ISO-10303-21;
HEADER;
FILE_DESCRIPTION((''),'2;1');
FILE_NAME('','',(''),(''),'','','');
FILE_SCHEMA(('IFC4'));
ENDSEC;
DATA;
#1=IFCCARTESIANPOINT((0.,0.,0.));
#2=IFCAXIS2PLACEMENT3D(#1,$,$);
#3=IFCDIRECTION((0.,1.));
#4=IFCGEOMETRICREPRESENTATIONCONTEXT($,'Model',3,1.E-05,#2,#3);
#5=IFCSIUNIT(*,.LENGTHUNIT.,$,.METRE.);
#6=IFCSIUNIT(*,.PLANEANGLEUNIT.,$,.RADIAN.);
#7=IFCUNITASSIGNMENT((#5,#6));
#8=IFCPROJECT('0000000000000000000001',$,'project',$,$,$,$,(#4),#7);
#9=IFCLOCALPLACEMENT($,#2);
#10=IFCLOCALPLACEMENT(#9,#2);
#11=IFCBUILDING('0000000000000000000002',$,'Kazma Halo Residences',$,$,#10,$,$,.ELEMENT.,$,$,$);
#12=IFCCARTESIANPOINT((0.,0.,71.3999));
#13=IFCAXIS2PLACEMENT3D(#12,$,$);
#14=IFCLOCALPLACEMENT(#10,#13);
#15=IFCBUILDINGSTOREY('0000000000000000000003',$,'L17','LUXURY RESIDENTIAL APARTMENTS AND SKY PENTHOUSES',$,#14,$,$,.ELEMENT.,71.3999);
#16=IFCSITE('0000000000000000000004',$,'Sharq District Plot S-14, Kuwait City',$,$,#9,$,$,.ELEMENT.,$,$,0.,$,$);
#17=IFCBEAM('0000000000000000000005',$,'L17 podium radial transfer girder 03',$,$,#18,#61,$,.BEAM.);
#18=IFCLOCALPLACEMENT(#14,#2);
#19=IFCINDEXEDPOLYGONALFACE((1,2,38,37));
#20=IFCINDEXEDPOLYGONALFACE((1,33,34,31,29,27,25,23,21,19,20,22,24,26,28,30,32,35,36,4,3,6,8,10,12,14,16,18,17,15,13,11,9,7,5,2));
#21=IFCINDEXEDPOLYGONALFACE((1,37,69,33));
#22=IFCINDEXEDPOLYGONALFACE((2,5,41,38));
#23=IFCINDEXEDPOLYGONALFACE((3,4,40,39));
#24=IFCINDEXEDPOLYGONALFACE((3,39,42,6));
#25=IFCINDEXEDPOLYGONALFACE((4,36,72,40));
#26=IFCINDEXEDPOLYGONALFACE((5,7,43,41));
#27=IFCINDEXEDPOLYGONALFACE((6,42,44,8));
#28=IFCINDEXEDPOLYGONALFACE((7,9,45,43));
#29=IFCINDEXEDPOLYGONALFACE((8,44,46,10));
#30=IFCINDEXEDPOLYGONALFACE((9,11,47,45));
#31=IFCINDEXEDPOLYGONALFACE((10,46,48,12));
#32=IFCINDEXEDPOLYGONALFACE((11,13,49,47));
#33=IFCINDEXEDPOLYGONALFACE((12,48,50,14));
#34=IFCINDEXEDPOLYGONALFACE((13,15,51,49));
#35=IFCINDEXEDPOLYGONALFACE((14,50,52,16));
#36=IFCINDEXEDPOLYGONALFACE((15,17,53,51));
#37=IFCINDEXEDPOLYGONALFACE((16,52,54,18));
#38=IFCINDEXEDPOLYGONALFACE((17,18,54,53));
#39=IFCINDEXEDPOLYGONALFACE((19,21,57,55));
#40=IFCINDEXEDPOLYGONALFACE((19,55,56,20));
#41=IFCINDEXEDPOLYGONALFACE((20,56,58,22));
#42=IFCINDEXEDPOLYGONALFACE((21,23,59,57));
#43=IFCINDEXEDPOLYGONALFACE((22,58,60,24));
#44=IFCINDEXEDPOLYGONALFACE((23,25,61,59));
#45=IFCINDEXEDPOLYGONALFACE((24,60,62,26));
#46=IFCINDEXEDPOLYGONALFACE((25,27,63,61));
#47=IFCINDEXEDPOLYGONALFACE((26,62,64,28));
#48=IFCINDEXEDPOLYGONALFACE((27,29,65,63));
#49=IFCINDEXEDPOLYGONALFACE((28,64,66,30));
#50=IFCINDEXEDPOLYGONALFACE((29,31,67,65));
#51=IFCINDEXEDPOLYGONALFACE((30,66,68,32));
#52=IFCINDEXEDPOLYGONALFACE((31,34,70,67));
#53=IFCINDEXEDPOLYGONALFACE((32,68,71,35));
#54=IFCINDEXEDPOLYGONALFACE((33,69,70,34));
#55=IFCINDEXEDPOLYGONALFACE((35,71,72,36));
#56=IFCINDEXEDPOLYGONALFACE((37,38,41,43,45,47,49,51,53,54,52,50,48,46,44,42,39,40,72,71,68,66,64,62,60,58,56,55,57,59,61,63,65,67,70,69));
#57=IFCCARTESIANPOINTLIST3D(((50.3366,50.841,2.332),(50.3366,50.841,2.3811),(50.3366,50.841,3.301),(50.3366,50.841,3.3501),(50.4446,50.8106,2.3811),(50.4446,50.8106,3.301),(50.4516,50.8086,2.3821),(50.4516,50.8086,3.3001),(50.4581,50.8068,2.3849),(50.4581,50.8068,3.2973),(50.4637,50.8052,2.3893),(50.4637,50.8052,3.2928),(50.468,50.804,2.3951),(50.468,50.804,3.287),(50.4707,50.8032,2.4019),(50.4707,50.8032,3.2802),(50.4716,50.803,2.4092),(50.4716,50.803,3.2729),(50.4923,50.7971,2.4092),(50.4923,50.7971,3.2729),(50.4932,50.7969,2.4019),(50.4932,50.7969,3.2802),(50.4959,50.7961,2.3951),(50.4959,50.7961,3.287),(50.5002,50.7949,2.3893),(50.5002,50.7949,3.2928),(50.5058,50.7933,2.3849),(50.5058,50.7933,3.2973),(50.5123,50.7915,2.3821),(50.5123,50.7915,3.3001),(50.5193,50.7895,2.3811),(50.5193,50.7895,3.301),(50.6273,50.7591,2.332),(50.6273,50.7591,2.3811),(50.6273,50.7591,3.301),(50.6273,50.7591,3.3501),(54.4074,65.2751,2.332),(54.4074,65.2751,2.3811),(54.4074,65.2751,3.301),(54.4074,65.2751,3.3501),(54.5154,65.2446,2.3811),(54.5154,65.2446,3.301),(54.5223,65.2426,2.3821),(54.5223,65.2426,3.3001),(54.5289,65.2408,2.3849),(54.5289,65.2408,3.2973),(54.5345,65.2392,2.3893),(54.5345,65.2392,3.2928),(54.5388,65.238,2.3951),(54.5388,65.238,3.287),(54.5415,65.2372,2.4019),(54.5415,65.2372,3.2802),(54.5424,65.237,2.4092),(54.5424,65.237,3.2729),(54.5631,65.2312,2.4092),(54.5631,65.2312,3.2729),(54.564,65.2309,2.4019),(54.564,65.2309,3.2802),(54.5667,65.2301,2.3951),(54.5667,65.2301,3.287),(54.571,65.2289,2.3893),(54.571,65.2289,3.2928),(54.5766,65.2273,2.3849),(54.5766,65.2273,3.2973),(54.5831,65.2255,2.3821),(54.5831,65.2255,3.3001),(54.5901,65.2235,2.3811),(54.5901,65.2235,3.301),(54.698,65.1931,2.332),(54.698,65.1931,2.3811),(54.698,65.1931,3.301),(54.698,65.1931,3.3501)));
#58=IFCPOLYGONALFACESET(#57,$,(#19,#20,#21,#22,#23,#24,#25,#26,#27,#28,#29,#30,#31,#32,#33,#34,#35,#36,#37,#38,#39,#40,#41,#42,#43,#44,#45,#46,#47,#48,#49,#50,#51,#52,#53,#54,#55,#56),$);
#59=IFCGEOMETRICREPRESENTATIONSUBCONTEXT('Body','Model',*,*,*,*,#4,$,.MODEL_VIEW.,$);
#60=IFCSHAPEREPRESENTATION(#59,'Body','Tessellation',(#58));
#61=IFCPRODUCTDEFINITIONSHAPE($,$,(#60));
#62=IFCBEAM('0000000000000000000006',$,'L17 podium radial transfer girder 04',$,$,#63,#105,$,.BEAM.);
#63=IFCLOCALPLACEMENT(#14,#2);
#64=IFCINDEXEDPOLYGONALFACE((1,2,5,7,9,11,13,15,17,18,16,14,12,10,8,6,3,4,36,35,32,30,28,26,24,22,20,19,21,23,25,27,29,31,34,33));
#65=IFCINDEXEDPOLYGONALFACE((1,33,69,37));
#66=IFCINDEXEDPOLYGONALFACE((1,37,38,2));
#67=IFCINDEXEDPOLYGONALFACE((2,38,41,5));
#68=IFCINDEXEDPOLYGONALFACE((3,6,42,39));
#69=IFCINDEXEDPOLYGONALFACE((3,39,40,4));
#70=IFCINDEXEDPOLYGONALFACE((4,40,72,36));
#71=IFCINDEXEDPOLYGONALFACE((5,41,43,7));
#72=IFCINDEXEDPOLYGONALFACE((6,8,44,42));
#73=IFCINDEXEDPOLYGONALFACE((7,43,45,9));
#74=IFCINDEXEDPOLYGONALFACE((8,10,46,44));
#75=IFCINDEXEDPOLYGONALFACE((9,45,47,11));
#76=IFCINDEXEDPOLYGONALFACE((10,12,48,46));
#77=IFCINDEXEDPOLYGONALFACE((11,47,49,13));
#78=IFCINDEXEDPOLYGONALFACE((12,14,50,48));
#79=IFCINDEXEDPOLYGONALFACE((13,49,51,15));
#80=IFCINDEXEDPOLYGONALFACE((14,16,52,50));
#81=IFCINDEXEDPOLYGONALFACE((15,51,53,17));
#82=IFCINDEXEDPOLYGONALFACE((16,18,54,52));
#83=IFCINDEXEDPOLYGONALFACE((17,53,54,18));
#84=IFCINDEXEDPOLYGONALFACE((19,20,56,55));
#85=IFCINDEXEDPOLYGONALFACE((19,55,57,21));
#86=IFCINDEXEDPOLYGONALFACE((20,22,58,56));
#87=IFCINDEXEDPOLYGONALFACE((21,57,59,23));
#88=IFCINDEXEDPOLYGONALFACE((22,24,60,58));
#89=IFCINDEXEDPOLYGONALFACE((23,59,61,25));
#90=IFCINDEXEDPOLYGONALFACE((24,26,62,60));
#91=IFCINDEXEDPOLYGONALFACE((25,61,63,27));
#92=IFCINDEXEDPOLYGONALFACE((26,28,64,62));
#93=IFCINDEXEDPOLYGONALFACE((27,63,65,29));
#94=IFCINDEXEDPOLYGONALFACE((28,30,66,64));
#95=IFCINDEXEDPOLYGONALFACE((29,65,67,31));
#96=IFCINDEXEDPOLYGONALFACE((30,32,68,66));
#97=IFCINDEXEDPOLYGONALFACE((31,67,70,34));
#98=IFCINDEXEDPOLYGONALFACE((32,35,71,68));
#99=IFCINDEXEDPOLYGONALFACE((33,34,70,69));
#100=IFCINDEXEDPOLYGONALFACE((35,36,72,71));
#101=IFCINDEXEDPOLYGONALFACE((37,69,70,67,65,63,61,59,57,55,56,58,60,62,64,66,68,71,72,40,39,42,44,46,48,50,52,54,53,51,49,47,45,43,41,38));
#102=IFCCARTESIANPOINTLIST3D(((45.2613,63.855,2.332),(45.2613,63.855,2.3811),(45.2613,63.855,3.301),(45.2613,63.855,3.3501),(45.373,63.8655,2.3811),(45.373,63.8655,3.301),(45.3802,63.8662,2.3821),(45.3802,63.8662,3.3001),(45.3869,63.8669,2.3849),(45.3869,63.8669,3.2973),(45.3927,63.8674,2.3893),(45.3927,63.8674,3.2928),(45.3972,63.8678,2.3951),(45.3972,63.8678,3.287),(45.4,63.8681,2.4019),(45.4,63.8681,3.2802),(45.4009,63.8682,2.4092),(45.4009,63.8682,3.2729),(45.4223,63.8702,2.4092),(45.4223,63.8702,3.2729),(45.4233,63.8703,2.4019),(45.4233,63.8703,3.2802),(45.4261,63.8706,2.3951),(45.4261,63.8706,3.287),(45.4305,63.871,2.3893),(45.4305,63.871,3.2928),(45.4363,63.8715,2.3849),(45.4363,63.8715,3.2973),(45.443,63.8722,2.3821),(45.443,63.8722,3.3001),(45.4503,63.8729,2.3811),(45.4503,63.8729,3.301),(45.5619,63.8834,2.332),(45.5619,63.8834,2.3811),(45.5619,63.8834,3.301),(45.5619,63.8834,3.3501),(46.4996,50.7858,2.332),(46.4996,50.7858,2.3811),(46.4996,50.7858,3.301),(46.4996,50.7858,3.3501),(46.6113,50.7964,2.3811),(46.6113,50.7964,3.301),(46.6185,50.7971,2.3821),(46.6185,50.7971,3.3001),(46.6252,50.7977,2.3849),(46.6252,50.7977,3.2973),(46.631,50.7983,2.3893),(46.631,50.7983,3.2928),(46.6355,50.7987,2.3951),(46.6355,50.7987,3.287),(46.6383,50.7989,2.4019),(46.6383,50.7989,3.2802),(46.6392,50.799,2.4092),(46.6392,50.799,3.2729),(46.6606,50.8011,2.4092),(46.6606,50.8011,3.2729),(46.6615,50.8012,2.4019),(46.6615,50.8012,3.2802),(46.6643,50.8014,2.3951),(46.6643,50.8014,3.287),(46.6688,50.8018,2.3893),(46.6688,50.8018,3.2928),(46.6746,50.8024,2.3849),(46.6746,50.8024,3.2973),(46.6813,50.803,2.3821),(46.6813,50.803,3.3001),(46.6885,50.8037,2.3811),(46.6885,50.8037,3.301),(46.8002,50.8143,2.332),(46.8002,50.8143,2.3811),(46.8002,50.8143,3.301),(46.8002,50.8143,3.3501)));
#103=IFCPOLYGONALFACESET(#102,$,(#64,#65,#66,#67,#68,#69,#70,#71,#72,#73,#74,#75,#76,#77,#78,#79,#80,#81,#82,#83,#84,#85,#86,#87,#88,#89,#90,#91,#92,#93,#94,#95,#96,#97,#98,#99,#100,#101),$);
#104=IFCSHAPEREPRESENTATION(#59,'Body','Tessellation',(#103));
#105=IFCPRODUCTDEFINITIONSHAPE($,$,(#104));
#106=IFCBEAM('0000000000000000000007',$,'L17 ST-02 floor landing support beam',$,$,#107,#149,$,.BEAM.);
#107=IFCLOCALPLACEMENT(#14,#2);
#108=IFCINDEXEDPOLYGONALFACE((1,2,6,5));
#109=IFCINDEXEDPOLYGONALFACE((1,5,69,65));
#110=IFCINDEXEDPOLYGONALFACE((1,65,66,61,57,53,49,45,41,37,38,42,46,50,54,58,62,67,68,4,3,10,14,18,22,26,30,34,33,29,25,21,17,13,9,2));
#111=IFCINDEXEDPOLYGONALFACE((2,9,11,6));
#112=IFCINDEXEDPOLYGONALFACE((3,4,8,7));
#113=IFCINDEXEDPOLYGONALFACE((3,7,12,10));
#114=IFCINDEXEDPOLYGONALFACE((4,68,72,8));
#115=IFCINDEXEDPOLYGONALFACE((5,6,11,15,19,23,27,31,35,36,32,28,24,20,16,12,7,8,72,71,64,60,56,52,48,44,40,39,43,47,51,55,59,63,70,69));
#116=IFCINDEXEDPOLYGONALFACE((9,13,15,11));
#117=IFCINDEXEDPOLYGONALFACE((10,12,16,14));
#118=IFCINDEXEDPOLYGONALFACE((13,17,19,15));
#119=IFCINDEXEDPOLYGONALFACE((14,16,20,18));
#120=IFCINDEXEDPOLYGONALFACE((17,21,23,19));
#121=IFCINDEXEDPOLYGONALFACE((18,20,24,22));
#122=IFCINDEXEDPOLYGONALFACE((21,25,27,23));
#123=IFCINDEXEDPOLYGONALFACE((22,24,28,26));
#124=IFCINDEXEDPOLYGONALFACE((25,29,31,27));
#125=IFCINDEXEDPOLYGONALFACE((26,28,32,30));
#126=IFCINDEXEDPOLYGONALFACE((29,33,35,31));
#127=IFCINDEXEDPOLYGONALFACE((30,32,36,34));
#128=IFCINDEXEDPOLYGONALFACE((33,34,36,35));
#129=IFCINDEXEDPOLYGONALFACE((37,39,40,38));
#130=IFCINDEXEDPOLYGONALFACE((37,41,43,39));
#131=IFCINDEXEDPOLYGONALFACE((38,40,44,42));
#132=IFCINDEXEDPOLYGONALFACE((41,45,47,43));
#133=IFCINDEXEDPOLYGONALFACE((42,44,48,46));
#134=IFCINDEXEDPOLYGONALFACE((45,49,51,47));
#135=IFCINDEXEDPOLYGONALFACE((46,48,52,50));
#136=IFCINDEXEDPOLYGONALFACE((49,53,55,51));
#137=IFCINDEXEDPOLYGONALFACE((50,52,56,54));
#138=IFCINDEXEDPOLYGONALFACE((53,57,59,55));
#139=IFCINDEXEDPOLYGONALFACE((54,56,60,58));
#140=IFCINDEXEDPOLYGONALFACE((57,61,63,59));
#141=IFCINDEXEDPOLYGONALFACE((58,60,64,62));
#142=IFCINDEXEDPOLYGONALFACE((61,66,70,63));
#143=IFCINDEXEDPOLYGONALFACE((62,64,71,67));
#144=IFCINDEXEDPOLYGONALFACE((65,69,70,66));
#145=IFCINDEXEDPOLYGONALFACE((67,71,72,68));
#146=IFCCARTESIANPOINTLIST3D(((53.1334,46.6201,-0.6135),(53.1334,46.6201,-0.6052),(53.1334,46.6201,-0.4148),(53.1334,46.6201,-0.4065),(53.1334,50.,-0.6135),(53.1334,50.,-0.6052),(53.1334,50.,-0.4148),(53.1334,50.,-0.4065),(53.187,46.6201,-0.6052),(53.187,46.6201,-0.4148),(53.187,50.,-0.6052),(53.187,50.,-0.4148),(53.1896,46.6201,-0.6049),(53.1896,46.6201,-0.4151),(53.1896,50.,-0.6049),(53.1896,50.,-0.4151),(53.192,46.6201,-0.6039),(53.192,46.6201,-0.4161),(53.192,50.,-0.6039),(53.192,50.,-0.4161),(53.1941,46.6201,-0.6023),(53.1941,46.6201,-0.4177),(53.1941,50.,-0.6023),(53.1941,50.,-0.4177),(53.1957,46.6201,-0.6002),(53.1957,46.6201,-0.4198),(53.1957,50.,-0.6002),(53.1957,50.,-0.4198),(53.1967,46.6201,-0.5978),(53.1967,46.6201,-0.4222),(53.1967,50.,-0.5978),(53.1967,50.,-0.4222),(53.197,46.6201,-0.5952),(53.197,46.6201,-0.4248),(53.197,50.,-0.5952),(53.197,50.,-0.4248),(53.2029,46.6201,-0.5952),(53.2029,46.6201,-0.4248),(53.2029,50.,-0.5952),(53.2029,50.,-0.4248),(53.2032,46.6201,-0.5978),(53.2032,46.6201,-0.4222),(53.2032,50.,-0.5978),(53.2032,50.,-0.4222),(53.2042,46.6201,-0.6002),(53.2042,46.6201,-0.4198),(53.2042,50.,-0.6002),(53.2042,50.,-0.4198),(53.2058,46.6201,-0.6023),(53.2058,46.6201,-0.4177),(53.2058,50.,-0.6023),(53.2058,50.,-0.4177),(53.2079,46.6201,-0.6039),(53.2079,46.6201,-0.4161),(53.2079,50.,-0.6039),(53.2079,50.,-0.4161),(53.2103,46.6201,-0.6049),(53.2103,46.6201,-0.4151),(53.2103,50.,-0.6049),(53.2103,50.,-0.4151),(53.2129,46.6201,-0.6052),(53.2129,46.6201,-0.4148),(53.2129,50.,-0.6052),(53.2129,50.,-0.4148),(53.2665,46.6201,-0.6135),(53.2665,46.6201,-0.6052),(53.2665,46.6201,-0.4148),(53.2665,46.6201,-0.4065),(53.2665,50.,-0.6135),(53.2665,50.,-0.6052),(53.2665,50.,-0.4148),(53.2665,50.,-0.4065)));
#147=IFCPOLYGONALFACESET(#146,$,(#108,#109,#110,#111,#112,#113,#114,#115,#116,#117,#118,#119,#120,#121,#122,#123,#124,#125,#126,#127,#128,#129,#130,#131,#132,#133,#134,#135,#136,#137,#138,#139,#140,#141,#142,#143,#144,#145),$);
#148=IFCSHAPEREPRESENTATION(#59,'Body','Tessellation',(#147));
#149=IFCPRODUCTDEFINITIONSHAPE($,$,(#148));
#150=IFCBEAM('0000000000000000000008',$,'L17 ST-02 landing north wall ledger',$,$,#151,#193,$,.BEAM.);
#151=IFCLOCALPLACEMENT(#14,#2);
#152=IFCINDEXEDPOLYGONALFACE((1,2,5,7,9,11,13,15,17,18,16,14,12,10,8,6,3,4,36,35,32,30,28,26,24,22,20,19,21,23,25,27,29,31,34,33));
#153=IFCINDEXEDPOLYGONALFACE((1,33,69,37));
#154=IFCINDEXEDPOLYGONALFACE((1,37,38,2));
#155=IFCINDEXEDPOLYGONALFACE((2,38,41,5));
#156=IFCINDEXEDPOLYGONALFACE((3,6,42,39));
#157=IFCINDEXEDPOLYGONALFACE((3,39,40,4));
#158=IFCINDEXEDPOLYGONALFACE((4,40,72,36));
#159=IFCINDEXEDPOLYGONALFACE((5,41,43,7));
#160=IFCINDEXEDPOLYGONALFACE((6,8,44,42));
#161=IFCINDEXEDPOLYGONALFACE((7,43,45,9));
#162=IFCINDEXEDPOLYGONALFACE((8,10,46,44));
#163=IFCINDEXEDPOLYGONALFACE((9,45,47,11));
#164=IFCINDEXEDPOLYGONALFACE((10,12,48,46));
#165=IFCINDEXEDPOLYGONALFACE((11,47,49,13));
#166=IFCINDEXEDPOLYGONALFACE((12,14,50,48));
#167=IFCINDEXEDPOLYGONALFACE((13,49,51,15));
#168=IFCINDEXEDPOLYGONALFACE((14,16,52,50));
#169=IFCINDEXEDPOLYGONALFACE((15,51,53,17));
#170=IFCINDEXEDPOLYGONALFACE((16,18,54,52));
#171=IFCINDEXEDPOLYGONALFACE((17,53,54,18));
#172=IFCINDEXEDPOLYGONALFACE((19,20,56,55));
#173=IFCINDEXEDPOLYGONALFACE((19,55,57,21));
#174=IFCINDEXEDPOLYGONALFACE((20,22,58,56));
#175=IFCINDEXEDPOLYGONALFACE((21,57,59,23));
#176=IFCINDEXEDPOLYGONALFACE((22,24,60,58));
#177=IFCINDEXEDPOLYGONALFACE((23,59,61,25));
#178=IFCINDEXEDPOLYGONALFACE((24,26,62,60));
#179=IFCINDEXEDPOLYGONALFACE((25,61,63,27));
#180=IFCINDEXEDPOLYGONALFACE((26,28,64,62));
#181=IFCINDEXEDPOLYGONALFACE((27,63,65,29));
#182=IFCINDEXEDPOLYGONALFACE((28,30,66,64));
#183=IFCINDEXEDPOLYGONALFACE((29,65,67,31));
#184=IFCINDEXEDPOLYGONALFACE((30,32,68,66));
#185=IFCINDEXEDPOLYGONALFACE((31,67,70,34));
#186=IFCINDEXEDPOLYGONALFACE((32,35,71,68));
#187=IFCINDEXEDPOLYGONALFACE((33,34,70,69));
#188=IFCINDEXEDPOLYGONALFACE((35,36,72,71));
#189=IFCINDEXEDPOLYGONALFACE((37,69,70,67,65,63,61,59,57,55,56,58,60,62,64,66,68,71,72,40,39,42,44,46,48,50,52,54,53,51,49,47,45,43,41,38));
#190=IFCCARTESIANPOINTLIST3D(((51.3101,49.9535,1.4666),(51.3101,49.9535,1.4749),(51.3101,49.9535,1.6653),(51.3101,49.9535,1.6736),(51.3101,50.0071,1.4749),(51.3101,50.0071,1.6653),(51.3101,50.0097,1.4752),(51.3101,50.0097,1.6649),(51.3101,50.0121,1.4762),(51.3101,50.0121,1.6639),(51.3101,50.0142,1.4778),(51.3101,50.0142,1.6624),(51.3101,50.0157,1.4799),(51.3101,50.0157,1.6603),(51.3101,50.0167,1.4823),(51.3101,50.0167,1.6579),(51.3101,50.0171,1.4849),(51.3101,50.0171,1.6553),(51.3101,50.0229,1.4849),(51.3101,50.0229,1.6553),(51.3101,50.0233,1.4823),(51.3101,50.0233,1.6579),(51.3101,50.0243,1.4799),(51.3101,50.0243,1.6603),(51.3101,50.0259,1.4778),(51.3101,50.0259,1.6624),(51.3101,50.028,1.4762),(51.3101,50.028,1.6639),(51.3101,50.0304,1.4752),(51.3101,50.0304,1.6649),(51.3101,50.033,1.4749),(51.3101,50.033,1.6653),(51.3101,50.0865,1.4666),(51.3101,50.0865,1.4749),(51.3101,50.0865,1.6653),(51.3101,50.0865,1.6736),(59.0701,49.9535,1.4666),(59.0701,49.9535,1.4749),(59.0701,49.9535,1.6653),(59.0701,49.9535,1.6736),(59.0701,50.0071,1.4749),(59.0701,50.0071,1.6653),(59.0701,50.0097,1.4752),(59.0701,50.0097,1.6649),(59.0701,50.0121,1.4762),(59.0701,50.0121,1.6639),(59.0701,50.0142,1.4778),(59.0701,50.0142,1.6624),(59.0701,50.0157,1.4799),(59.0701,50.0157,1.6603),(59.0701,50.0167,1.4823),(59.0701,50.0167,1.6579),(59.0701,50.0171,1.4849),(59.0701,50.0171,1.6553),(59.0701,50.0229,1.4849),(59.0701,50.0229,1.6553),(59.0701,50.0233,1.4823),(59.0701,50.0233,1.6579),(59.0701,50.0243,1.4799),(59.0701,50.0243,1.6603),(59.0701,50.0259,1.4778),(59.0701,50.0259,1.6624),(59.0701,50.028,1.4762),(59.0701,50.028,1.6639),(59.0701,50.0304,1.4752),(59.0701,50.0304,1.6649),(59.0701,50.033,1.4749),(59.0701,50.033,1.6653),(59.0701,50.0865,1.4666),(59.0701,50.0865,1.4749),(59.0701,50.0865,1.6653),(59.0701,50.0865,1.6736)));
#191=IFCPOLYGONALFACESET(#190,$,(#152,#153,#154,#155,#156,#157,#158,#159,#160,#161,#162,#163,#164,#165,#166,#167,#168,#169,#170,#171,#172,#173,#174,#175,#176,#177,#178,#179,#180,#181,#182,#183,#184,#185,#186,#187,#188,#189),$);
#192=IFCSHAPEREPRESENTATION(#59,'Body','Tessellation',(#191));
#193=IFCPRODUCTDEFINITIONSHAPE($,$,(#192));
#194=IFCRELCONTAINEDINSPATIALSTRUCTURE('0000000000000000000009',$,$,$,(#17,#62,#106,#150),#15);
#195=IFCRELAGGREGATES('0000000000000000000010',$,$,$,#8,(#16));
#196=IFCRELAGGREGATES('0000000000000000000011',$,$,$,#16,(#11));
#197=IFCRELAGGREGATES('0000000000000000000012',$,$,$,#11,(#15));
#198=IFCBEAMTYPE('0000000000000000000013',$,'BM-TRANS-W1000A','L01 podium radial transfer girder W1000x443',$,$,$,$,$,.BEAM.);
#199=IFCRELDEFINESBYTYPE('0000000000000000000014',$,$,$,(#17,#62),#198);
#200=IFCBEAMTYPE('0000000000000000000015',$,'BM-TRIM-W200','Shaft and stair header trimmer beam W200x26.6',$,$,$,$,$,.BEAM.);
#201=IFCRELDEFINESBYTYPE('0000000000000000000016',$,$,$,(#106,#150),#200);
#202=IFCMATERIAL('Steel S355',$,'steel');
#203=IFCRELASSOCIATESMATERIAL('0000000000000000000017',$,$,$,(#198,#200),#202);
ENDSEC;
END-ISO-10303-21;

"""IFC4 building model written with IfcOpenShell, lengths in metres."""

from ifc_helpers import new_model, si_unit, direction, frame, origin, origin_2d, place, context, subcontext, project, spatial, i_section, extrude, material, material_profile, profile_set, type_object, element, save


model = new_model("IFC4")

# Units and contexts
model_context = context("Model", 3, precision=1e-05, world=origin(), true_north=direction((0.0, 1.0)))
body_context = subcontext(model_context, "Body", "Model", "MODEL_VIEW")
ifc_project = project(units=[si_unit("LENGTHUNIT", "METRE"), si_unit("PLANEANGLEUNIT", "RADIAN")], contexts=[model_context])

# Site, building, storey
site_placement = place(None, origin())
site = spatial("IfcSite", under=ifc_project, at=site_placement, Name="Sharq District Plot S-14, Kuwait City", CompositionType="ELEMENT", RefElevation=0.0)
building_placement = place(site_placement, origin())
building = spatial("IfcBuilding", under=site, at=building_placement, Name="Kazma Halo Residences", CompositionType="ELEMENT")
storey_placement = place(building_placement, frame((0.0, 0.0, 71.3999)))
storey = spatial("IfcBuildingStorey", under=building, at=storey_placement, Name="L17", Description="LUXURY RESIDENTIAL APARTMENTS AND SKY PENTHOUSES", CompositionType="ELEMENT", Elevation=71.3999)

# Shared definitions
ifc_material_1 = material(Name="Steel S355", Category="steel")

# Beams
ifc_material_profile_1 = material_profile(ifc_material_1, i_section(OverallWidth=0.302, OverallDepth=1.0181, WebThickness=0.0215, FlangeThickness=0.0491, FilletRadius=0.0281, at=origin_2d()), Name="W1000x443")
ifc_profile_set_1 = profile_set([ifc_material_profile_1], Name="Steel S355")
beam_type_1 = type_object("IfcBeamType", Name="BM-TRANS-W1000A", Description="L01 podium radial transfer girder W1000x443", PredefinedType="BEAM", material=ifc_profile_set_1)
beam_1_placement = place(storey_placement, frame((50.4819, 50.8, 2.8411), z_axis=(0.271439, 0.962456, 0.0), x_axis=(-0.962456, 0.271439, 0.0)))
element("IfcBeam", 1, at=beam_1_placement, inside=storey, type_object=beam_type_1, Name="L17 podium radial transfer girder 03", PredefinedType="BEAM", context=body_context, shape_type="SweptSolid", body=[
    extrude(i_section(OverallWidth=0.302, OverallDepth=1.0181, WebThickness=0.0215, FlangeThickness=0.0491, FilletRadius=0.0281, at=origin_2d()), origin(), (0.0, 0.0, 1.0), 14.9971),
])
beam_2_placement = place(storey_placement, frame((46.6499, 50.8, 2.8411), z_axis=(-0.094326, 0.995541, 0.0), x_axis=(-0.995541, -0.094326, 0.0)))
element("IfcBeam", 2, at=beam_2_placement, inside=storey, type_object=beam_type_1, Name="L17 podium radial transfer girder 04", PredefinedType="BEAM", context=body_context, shape_type="SweptSolid", body=[
    extrude(i_section(OverallWidth=0.302, OverallDepth=1.0181, WebThickness=0.0215, FlangeThickness=0.0491, FilletRadius=0.0281, at=origin_2d()), origin(), (0.0, 0.0, 1.0), 13.1277),
])
ifc_material_profile_2 = material_profile(ifc_material_1, i_section(OverallWidth=0.1331, OverallDepth=0.207, WebThickness=0.0059, FlangeThickness=0.0083, FilletRadius=0.01, at=origin_2d()), Name="W200x26.6")
ifc_profile_set_2 = profile_set([ifc_material_profile_2], Name="Steel S355")
beam_type_2 = type_object("IfcBeamType", Name="BM-TRIM-W200", Description="Shaft and stair header trimmer beam W200x26.6", PredefinedType="BEAM", material=ifc_profile_set_2)
beam_3_placement = place(storey_placement, frame((53.2, 46.6201, -0.51), z_axis=(0.0, 1.0, 0.0), x_axis=(-1.0, 0.0, 0.0)))
element("IfcBeam", 3, at=beam_3_placement, inside=storey, type_object=beam_type_2, Name="L17 ST-02 floor landing support beam", PredefinedType="BEAM", context=body_context, shape_type="SweptSolid", body=[
    extrude(i_section(OverallWidth=0.1331, OverallDepth=0.207, WebThickness=0.0059, FlangeThickness=0.0083, FilletRadius=0.01, at=origin_2d()), origin(), (0.0, 0.0, 1.0), 3.3799),
])
beam_4_placement = place(storey_placement, frame((51.3101, 50.02, 1.5701), z_axis=(1.0, 0.0, 0.0), x_axis=(0.0, 1.0, 0.0)))
element("IfcBeam", 4, at=beam_4_placement, inside=storey, type_object=beam_type_2, Name="L17 ST-02 landing north wall ledger", PredefinedType="BEAM", context=body_context, shape_type="SweptSolid", body=[
    extrude(i_section(OverallWidth=0.1331, OverallDepth=0.207, WebThickness=0.0059, FlangeThickness=0.0083, FilletRadius=0.01, at=origin_2d()), origin(), (0.0, 0.0, 1.0), 7.76),
])

save(model, "model.ifc")
